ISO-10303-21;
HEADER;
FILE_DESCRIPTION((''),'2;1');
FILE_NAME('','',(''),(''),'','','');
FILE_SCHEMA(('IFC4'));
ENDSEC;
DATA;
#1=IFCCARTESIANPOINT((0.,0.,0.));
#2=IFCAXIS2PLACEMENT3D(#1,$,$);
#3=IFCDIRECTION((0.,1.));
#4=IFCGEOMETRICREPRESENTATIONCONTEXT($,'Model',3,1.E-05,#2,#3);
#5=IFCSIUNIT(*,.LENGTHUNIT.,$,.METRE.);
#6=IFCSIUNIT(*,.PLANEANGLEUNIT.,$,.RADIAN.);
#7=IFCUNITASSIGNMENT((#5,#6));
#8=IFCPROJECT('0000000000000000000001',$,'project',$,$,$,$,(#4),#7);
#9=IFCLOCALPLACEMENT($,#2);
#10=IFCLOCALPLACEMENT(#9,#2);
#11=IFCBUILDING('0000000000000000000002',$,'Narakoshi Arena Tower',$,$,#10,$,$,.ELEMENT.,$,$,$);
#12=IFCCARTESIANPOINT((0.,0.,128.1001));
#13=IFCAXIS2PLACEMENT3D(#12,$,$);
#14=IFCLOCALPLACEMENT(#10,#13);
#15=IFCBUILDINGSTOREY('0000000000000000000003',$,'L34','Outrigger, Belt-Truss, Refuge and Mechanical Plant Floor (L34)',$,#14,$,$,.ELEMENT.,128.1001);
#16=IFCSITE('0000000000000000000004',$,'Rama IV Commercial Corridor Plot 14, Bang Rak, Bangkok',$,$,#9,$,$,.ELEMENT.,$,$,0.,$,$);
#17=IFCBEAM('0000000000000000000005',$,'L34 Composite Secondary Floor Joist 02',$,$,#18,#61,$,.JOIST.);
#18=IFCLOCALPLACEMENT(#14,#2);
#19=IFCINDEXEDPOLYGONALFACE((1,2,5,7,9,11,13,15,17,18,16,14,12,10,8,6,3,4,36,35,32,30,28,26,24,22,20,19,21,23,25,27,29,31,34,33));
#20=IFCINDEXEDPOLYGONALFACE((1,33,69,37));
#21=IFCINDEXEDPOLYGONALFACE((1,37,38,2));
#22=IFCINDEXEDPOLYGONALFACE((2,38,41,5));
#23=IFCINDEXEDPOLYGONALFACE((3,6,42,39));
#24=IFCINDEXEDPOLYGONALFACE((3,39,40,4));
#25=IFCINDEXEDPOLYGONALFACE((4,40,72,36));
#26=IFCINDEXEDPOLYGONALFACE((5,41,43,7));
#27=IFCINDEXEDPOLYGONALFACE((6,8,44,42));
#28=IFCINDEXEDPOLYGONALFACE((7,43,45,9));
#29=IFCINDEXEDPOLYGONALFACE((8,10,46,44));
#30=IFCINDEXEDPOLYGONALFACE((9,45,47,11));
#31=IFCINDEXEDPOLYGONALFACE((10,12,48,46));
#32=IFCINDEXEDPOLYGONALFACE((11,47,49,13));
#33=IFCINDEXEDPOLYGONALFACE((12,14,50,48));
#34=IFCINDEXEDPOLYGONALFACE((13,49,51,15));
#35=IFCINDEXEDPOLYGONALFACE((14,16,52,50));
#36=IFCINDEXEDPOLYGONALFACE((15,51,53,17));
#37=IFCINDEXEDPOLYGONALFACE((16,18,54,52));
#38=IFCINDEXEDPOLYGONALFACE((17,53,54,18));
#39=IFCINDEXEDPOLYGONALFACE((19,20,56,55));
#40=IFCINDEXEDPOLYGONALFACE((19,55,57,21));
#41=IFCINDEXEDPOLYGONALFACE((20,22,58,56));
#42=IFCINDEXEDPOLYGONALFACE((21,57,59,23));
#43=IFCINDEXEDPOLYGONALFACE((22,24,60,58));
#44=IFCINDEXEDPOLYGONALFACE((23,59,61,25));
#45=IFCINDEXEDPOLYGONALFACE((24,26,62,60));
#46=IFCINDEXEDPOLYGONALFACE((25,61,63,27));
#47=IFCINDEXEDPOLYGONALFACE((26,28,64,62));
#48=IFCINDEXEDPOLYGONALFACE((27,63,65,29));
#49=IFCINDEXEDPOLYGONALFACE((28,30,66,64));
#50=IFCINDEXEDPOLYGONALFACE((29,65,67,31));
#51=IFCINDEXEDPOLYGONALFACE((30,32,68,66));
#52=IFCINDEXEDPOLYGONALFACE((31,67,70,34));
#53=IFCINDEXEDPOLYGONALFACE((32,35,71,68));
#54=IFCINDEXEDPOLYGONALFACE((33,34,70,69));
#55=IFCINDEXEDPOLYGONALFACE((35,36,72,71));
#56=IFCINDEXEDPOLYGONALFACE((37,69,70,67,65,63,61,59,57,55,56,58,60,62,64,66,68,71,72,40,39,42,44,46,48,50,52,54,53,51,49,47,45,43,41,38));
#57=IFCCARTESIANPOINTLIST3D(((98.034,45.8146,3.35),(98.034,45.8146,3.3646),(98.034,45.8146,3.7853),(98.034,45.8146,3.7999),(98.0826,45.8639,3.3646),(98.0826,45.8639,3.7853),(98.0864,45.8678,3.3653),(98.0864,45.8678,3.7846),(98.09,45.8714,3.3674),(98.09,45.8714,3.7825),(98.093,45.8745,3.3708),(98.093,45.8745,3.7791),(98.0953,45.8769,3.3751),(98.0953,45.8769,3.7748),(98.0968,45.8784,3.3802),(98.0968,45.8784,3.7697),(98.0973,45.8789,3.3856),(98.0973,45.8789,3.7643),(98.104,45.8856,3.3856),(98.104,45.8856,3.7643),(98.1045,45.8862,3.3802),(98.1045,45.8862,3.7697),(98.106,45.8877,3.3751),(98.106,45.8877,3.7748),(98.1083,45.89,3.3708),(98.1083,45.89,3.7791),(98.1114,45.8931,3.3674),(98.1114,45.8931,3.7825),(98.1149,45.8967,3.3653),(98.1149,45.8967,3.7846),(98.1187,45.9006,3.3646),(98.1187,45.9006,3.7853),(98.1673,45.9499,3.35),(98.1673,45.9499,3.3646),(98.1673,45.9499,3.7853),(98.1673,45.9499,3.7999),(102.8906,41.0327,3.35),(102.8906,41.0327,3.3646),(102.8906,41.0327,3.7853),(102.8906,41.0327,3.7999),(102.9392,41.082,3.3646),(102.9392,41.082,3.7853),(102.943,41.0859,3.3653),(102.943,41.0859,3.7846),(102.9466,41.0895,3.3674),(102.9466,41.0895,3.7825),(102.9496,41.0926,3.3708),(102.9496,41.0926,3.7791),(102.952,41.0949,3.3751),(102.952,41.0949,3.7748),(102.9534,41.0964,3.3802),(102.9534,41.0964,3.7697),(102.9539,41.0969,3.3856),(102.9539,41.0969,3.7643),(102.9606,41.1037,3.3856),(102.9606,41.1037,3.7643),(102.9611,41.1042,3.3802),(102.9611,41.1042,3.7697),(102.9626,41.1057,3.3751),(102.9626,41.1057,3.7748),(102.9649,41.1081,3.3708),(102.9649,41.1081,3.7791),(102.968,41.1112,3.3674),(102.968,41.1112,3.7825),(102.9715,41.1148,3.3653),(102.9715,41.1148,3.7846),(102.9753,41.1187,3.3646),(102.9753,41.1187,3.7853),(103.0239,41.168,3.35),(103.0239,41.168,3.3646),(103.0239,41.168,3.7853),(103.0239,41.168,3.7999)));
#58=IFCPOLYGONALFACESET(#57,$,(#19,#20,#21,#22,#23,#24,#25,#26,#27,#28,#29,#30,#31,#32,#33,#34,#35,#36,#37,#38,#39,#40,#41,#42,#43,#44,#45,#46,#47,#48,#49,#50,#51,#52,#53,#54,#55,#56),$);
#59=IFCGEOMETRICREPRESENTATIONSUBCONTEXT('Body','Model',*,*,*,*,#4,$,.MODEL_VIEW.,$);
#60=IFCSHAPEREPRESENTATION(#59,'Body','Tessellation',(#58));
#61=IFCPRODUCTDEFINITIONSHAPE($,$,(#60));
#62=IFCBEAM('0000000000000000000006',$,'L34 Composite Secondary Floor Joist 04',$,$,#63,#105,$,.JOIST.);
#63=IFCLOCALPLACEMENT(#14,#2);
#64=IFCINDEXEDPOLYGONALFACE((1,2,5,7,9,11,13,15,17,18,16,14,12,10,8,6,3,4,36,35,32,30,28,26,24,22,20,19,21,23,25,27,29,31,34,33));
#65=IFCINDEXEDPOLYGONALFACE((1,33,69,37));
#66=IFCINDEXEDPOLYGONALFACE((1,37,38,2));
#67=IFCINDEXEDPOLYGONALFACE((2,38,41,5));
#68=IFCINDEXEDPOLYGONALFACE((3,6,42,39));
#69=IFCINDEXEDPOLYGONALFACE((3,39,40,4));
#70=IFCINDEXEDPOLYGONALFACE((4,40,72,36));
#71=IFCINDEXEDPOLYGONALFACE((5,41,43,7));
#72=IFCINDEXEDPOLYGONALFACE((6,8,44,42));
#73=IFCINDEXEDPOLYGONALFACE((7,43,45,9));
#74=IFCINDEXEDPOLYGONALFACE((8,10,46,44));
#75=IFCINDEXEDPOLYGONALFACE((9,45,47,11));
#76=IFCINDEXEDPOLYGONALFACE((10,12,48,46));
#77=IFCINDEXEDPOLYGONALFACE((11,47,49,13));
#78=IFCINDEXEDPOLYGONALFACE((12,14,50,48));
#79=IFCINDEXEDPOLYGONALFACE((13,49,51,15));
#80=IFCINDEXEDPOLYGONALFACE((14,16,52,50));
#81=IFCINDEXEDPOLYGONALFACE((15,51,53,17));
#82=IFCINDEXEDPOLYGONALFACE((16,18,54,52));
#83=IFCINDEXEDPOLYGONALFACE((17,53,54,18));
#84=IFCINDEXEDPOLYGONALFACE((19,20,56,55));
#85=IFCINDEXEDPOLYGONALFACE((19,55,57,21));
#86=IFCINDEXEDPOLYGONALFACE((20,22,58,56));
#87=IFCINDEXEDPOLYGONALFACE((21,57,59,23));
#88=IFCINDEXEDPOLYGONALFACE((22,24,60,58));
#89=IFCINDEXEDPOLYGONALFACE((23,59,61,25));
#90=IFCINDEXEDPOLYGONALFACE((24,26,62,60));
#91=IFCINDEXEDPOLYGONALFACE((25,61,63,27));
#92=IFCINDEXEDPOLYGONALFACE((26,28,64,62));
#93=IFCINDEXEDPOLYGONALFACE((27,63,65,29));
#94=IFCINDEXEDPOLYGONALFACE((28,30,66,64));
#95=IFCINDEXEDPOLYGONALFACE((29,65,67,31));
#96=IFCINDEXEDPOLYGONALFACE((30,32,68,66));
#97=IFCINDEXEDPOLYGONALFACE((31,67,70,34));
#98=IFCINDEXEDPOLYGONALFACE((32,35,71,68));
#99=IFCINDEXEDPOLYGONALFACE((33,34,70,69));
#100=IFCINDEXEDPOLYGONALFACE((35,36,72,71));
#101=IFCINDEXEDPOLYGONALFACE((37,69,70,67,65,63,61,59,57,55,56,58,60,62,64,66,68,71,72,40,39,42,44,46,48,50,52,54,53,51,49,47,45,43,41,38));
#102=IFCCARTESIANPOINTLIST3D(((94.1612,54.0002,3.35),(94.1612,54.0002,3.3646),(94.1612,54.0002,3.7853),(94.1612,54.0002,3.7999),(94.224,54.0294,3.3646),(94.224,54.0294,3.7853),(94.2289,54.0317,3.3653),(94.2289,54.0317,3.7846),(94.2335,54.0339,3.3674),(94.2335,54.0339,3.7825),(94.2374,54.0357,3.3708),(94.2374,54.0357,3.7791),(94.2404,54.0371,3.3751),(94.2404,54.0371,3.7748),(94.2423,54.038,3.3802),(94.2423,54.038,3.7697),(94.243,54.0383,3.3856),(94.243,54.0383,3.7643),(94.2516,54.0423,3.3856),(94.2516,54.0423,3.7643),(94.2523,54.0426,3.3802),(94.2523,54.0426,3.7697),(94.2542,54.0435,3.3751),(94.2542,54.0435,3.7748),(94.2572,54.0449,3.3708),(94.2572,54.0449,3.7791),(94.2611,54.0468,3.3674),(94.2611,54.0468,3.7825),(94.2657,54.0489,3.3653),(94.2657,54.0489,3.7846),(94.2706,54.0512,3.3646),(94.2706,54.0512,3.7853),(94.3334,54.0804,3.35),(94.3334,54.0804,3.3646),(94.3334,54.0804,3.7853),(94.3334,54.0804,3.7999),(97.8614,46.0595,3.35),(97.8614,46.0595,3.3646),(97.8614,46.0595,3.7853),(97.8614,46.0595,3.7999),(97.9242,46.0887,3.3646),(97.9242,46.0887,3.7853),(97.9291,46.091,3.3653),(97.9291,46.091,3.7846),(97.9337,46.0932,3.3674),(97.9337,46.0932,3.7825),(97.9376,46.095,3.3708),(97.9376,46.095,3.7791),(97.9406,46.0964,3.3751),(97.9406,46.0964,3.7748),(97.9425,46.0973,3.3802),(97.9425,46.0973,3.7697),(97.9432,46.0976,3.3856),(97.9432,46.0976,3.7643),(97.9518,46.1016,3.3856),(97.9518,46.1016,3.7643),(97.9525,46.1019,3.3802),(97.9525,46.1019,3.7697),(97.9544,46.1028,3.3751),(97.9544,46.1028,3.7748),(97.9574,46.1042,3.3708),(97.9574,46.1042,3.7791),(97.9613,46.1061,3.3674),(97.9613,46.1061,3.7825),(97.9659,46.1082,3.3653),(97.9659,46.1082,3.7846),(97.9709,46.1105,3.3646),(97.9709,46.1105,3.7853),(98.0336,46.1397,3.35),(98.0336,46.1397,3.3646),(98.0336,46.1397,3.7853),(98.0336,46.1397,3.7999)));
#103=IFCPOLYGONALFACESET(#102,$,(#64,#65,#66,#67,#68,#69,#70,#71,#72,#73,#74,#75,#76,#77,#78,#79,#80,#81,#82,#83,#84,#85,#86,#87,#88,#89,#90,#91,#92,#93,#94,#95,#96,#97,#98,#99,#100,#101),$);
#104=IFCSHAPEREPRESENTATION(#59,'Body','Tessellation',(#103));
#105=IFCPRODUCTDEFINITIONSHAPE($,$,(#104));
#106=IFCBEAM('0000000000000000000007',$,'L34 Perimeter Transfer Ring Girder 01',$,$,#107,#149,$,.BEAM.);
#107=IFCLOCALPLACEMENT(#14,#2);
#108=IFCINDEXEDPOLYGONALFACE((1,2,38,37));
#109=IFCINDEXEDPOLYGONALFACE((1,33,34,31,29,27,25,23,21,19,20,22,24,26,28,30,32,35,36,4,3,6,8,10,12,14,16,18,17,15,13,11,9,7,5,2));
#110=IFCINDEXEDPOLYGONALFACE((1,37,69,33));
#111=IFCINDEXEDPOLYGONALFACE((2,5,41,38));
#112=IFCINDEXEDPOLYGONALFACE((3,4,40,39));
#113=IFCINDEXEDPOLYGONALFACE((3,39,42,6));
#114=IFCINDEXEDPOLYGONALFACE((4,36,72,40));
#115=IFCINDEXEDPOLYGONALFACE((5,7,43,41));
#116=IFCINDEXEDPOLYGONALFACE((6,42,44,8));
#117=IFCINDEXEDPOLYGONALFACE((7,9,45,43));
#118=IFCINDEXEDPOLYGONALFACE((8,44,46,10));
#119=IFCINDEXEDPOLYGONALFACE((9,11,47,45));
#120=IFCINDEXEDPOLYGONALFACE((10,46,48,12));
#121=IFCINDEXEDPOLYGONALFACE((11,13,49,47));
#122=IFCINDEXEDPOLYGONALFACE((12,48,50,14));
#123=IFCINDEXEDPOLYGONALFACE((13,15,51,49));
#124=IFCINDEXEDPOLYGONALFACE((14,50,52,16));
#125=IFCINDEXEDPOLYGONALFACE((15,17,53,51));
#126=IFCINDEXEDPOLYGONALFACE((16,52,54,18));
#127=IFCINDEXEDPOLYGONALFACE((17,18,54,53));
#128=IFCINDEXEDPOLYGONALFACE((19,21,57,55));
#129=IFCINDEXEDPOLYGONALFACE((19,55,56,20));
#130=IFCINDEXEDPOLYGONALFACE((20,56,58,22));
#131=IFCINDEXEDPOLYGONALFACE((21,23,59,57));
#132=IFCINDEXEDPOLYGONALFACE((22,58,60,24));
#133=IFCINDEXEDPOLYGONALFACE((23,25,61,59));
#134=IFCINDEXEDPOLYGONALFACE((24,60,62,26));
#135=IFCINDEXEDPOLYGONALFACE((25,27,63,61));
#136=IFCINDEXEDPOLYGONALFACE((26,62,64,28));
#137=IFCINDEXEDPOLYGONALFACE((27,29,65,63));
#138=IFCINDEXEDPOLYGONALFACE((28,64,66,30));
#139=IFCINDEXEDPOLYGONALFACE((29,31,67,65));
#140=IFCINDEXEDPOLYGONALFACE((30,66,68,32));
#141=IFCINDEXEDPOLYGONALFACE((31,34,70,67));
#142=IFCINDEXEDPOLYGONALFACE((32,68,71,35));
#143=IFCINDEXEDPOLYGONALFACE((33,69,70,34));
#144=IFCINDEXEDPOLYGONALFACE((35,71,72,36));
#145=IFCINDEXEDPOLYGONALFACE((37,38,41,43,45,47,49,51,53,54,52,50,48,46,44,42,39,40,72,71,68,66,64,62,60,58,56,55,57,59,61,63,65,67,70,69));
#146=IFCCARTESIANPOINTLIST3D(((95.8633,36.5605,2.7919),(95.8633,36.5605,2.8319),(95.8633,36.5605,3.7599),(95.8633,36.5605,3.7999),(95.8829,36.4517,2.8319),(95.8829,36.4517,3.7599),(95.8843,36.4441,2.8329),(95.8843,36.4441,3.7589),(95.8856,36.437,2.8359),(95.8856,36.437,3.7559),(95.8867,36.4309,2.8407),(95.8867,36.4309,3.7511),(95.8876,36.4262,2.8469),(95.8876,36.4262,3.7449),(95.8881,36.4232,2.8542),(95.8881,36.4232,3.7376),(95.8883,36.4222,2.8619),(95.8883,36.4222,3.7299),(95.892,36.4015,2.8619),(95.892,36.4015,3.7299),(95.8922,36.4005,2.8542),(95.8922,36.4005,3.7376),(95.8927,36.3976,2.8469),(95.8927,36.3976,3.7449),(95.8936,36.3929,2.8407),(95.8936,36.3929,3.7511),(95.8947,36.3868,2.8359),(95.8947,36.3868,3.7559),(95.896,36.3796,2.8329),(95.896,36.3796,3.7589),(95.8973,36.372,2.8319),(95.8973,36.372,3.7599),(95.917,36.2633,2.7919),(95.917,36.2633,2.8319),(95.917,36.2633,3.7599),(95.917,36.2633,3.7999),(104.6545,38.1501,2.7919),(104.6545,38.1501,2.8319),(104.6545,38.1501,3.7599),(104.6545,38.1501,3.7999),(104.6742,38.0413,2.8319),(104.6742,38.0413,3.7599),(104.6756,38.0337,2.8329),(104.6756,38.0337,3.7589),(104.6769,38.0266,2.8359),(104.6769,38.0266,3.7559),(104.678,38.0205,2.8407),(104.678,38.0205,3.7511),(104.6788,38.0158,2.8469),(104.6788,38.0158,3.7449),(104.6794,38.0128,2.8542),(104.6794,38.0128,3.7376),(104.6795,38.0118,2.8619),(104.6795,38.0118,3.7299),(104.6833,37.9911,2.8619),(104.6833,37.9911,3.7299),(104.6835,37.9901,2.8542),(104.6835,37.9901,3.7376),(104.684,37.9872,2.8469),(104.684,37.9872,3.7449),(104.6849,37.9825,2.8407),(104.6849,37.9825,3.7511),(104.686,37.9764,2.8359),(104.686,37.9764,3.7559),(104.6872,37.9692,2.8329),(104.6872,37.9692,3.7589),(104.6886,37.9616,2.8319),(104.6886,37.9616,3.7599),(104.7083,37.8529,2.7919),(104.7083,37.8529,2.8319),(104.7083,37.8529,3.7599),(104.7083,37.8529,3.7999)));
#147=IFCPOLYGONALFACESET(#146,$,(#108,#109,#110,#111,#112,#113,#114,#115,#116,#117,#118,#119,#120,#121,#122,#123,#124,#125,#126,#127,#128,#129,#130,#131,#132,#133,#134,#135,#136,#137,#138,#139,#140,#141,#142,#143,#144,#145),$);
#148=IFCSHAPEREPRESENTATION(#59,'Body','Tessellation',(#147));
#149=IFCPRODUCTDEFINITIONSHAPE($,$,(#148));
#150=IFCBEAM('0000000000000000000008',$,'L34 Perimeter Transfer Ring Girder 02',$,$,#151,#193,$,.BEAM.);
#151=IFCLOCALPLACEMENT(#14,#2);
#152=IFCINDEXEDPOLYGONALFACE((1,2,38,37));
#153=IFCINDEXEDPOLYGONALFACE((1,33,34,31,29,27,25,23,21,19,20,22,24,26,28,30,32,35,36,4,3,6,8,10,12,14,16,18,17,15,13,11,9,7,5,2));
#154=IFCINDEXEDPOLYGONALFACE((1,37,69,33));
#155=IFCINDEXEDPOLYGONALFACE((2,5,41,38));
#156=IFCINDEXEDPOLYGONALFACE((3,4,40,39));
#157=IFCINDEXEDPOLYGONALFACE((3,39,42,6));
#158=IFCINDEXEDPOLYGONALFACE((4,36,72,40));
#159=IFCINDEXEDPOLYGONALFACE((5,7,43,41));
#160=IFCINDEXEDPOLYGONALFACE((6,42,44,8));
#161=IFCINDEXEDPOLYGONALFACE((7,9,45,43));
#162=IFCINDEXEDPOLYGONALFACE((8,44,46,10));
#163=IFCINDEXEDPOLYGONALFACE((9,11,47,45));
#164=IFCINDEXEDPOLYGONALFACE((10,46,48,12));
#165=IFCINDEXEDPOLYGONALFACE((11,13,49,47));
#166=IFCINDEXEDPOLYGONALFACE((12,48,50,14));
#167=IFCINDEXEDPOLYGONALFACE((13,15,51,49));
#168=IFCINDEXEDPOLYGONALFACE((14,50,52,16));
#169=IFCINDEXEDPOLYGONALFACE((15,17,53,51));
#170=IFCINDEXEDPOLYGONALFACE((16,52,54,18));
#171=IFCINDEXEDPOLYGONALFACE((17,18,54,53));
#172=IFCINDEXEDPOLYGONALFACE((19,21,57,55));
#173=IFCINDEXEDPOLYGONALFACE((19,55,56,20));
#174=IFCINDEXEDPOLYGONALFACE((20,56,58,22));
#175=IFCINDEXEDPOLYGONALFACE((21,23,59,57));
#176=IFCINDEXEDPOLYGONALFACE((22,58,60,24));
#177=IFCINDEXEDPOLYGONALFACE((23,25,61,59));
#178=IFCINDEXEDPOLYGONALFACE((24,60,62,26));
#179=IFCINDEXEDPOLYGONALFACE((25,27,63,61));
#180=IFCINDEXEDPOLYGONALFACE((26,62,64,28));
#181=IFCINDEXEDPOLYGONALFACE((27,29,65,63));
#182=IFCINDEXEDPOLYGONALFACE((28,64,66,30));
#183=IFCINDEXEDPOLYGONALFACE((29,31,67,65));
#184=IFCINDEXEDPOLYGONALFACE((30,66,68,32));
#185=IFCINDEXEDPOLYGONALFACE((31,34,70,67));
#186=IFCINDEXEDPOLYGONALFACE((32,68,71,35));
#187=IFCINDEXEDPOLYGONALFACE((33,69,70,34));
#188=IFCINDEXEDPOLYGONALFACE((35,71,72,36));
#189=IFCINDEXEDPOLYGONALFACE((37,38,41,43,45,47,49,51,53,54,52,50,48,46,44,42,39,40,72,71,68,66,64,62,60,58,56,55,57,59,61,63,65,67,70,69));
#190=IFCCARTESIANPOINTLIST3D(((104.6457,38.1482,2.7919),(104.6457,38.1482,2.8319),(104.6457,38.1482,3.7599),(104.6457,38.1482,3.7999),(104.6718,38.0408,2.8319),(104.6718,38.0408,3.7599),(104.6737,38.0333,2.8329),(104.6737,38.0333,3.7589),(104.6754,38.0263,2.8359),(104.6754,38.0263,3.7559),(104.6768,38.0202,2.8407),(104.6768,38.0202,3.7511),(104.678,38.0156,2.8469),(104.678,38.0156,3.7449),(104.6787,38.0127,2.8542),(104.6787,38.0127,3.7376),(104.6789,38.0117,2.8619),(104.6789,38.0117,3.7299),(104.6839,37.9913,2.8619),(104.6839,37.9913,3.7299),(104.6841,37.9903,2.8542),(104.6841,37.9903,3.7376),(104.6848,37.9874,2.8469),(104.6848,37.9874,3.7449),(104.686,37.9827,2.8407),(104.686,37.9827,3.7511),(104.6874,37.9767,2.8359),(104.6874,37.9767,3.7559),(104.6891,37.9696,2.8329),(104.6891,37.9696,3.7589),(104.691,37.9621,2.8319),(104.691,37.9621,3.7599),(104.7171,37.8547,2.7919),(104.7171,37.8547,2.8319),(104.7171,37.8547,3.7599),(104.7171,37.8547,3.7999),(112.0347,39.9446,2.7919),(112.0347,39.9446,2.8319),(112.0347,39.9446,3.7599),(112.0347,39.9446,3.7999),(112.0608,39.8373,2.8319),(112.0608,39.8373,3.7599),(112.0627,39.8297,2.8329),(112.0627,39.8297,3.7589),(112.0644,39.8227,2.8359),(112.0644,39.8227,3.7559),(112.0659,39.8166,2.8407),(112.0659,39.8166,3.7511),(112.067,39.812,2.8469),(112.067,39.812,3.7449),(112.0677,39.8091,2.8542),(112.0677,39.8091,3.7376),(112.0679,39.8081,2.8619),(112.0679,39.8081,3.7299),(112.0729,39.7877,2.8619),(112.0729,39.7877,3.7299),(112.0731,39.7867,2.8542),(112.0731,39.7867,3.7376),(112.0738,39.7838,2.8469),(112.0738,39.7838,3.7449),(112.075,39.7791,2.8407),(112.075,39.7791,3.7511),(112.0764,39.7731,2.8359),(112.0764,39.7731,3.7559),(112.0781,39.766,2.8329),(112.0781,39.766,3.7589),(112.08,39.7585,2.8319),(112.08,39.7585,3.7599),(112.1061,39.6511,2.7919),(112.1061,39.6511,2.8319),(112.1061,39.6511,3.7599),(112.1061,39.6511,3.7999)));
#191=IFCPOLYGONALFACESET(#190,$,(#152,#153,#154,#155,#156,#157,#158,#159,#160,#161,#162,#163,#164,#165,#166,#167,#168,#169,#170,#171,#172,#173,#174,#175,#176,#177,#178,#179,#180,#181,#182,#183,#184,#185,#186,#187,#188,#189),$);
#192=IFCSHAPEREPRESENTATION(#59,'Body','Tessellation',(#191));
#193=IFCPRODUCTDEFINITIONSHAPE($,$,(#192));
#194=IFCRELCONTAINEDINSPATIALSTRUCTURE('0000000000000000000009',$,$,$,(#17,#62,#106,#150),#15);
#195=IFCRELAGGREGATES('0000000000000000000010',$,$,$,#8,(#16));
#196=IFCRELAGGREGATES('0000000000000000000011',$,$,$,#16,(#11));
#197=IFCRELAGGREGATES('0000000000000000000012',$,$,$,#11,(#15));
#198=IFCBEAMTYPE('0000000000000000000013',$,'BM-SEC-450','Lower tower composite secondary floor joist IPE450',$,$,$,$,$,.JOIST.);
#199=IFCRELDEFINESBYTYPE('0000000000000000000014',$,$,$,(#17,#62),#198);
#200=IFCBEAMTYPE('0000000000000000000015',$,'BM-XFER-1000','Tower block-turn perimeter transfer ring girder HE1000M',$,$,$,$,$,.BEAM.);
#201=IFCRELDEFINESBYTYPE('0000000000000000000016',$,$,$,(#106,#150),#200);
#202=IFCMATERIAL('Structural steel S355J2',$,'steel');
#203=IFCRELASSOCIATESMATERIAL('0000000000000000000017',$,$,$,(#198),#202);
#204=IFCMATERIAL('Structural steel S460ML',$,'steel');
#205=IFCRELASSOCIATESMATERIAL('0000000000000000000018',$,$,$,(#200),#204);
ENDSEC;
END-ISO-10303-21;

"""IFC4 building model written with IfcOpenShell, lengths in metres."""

from ifc_helpers import new_model, si_unit, direction, frame, origin, origin_2d, place, context, subcontext, project, spatial, i_section, extrude, material, material_profile, profile_set, type_object, element, save


model = new_model("IFC4")

# Units and contexts
model_context = context("Model", 3, precision=1e-05, world=origin(), true_north=direction((0.0, 1.0)))
body_context = subcontext(model_context, "Body", "Model", "MODEL_VIEW")
ifc_project = project(units=[si_unit("LENGTHUNIT", "METRE"), si_unit("PLANEANGLEUNIT", "RADIAN")], contexts=[model_context])

# Site, building, storey
site_placement = place(None, origin())
site = spatial("IfcSite", under=ifc_project, at=site_placement, Name="Rama IV Commercial Corridor Plot 14, Bang Rak, Bangkok", CompositionType="ELEMENT", RefElevation=0.0)
building_placement = place(site_placement, origin())
building = spatial("IfcBuilding", under=site, at=building_placement, Name="Narakoshi Arena Tower", CompositionType="ELEMENT")
storey_placement = place(building_placement, frame((0.0, 0.0, 128.1001)))
storey = spatial("IfcBuildingStorey", under=building, at=storey_placement, Name="L34", Description="Outrigger, Belt-Truss, Refuge and Mechanical Plant Floor (L34)", CompositionType="ELEMENT", Elevation=128.1001)

# Shared definitions
ifc_material_1 = material(Name="Structural steel S460ML", Category="steel")

# Beams
ifc_material_2 = material(Name="Structural steel S355J2", Category="steel")
ifc_material_profile_1 = material_profile(ifc_material_2, i_section(OverallWidth=0.1899, OverallDepth=0.45, WebThickness=0.0095, FlangeThickness=0.0146, FilletRadius=0.021, at=origin_2d()), Name="IPE450")
ifc_profile_set_1 = profile_set([ifc_material_profile_1], Name="Structural steel S355J2")
beam_type_1 = type_object("IfcBeamType", Name="BM-SEC-450", Description="Lower tower composite secondary floor joist IPE450", PredefinedType="JOIST", material=ifc_profile_set_1)
beam_1_placement = place(storey_placement, frame((102.9573, 41.1003, 3.575), z_axis=(-0.712566, 0.701605, 0.0), x_axis=(-0.701605, -0.712566, 0.0)))
element("IfcBeam", 1, at=beam_1_placement, inside=storey, type_object=beam_type_1, Name="L34 Composite Secondary Floor Joist 02", PredefinedType="JOIST", context=body_context, shape_type="SweptSolid", body=[
    extrude(i_section(OverallWidth=0.1899, OverallDepth=0.45, WebThickness=0.0095, FlangeThickness=0.0146, FilletRadius=0.021, at=origin_2d()), origin(), (0.0, 0.0, 1.0), 6.8157),
])
beam_2_placement = place(storey_placement, frame((97.9475, 46.0996, 3.575), z_axis=(-0.422374, 0.906422, 0.0), x_axis=(-0.906422, -0.422374, 0.0)))
element("IfcBeam", 2, at=beam_2_placement, inside=storey, type_object=beam_type_1, Name="L34 Composite Secondary Floor Joist 04", PredefinedType="JOIST", context=body_context, shape_type="SweptSolid", body=[
    extrude(i_section(OverallWidth=0.1899, OverallDepth=0.45, WebThickness=0.0095, FlangeThickness=0.0146, FilletRadius=0.021, at=origin_2d()), origin(), (0.0, 0.0, 1.0), 8.7605),
])
ifc_material_profile_2 = material_profile(ifc_material_1, i_section(OverallWidth=0.302, OverallDepth=1.0081, WebThickness=0.021, FlangeThickness=0.04, FilletRadius=0.03, at=origin_2d()), Name="HE1000M")
ifc_profile_set_2 = profile_set([ifc_material_profile_2], Name="Structural steel S460ML")
beam_type_2 = type_object("IfcBeamType", Name="BM-XFER-1000", Description="Tower block-turn perimeter transfer ring girder HE1000M", PredefinedType="BEAM", material=ifc_profile_set_2)
beam_3_placement = place(storey_placement, frame((95.8901, 36.4119, 3.2959), z_axis=(0.984043, 0.177931, 0.0), x_axis=(-0.177931, 0.984043, 0.0)))
element("IfcBeam", 3, at=beam_3_placement, inside=storey, type_object=beam_type_2, Name="L34 Perimeter Transfer Ring Girder 01", PredefinedType="BEAM", context=body_context, shape_type="SweptSolid", body=[
    extrude(i_section(OverallWidth=0.302, OverallDepth=1.0081, WebThickness=0.021, FlangeThickness=0.04, FilletRadius=0.03, at=origin_2d()), origin(), (0.0, 0.0, 1.0), 8.9338),
])
beam_4_placement = place(storey_placement, frame((104.6814, 38.0015, 3.2959), z_axis=(0.971695, 0.236238, 0.0), x_axis=(-0.236238, 0.971695, 0.0)))
element("IfcBeam", 4, at=beam_4_placement, inside=storey, type_object=beam_type_2, Name="L34 Perimeter Transfer Ring Girder 02", PredefinedType="BEAM", context=body_context, shape_type="SweptSolid", body=[
    extrude(i_section(OverallWidth=0.302, OverallDepth=1.0081, WebThickness=0.021, FlangeThickness=0.04, FilletRadius=0.03, at=origin_2d()), origin(), (0.0, 0.0, 1.0), 7.6042),
])

save(model, "model.ifc")
